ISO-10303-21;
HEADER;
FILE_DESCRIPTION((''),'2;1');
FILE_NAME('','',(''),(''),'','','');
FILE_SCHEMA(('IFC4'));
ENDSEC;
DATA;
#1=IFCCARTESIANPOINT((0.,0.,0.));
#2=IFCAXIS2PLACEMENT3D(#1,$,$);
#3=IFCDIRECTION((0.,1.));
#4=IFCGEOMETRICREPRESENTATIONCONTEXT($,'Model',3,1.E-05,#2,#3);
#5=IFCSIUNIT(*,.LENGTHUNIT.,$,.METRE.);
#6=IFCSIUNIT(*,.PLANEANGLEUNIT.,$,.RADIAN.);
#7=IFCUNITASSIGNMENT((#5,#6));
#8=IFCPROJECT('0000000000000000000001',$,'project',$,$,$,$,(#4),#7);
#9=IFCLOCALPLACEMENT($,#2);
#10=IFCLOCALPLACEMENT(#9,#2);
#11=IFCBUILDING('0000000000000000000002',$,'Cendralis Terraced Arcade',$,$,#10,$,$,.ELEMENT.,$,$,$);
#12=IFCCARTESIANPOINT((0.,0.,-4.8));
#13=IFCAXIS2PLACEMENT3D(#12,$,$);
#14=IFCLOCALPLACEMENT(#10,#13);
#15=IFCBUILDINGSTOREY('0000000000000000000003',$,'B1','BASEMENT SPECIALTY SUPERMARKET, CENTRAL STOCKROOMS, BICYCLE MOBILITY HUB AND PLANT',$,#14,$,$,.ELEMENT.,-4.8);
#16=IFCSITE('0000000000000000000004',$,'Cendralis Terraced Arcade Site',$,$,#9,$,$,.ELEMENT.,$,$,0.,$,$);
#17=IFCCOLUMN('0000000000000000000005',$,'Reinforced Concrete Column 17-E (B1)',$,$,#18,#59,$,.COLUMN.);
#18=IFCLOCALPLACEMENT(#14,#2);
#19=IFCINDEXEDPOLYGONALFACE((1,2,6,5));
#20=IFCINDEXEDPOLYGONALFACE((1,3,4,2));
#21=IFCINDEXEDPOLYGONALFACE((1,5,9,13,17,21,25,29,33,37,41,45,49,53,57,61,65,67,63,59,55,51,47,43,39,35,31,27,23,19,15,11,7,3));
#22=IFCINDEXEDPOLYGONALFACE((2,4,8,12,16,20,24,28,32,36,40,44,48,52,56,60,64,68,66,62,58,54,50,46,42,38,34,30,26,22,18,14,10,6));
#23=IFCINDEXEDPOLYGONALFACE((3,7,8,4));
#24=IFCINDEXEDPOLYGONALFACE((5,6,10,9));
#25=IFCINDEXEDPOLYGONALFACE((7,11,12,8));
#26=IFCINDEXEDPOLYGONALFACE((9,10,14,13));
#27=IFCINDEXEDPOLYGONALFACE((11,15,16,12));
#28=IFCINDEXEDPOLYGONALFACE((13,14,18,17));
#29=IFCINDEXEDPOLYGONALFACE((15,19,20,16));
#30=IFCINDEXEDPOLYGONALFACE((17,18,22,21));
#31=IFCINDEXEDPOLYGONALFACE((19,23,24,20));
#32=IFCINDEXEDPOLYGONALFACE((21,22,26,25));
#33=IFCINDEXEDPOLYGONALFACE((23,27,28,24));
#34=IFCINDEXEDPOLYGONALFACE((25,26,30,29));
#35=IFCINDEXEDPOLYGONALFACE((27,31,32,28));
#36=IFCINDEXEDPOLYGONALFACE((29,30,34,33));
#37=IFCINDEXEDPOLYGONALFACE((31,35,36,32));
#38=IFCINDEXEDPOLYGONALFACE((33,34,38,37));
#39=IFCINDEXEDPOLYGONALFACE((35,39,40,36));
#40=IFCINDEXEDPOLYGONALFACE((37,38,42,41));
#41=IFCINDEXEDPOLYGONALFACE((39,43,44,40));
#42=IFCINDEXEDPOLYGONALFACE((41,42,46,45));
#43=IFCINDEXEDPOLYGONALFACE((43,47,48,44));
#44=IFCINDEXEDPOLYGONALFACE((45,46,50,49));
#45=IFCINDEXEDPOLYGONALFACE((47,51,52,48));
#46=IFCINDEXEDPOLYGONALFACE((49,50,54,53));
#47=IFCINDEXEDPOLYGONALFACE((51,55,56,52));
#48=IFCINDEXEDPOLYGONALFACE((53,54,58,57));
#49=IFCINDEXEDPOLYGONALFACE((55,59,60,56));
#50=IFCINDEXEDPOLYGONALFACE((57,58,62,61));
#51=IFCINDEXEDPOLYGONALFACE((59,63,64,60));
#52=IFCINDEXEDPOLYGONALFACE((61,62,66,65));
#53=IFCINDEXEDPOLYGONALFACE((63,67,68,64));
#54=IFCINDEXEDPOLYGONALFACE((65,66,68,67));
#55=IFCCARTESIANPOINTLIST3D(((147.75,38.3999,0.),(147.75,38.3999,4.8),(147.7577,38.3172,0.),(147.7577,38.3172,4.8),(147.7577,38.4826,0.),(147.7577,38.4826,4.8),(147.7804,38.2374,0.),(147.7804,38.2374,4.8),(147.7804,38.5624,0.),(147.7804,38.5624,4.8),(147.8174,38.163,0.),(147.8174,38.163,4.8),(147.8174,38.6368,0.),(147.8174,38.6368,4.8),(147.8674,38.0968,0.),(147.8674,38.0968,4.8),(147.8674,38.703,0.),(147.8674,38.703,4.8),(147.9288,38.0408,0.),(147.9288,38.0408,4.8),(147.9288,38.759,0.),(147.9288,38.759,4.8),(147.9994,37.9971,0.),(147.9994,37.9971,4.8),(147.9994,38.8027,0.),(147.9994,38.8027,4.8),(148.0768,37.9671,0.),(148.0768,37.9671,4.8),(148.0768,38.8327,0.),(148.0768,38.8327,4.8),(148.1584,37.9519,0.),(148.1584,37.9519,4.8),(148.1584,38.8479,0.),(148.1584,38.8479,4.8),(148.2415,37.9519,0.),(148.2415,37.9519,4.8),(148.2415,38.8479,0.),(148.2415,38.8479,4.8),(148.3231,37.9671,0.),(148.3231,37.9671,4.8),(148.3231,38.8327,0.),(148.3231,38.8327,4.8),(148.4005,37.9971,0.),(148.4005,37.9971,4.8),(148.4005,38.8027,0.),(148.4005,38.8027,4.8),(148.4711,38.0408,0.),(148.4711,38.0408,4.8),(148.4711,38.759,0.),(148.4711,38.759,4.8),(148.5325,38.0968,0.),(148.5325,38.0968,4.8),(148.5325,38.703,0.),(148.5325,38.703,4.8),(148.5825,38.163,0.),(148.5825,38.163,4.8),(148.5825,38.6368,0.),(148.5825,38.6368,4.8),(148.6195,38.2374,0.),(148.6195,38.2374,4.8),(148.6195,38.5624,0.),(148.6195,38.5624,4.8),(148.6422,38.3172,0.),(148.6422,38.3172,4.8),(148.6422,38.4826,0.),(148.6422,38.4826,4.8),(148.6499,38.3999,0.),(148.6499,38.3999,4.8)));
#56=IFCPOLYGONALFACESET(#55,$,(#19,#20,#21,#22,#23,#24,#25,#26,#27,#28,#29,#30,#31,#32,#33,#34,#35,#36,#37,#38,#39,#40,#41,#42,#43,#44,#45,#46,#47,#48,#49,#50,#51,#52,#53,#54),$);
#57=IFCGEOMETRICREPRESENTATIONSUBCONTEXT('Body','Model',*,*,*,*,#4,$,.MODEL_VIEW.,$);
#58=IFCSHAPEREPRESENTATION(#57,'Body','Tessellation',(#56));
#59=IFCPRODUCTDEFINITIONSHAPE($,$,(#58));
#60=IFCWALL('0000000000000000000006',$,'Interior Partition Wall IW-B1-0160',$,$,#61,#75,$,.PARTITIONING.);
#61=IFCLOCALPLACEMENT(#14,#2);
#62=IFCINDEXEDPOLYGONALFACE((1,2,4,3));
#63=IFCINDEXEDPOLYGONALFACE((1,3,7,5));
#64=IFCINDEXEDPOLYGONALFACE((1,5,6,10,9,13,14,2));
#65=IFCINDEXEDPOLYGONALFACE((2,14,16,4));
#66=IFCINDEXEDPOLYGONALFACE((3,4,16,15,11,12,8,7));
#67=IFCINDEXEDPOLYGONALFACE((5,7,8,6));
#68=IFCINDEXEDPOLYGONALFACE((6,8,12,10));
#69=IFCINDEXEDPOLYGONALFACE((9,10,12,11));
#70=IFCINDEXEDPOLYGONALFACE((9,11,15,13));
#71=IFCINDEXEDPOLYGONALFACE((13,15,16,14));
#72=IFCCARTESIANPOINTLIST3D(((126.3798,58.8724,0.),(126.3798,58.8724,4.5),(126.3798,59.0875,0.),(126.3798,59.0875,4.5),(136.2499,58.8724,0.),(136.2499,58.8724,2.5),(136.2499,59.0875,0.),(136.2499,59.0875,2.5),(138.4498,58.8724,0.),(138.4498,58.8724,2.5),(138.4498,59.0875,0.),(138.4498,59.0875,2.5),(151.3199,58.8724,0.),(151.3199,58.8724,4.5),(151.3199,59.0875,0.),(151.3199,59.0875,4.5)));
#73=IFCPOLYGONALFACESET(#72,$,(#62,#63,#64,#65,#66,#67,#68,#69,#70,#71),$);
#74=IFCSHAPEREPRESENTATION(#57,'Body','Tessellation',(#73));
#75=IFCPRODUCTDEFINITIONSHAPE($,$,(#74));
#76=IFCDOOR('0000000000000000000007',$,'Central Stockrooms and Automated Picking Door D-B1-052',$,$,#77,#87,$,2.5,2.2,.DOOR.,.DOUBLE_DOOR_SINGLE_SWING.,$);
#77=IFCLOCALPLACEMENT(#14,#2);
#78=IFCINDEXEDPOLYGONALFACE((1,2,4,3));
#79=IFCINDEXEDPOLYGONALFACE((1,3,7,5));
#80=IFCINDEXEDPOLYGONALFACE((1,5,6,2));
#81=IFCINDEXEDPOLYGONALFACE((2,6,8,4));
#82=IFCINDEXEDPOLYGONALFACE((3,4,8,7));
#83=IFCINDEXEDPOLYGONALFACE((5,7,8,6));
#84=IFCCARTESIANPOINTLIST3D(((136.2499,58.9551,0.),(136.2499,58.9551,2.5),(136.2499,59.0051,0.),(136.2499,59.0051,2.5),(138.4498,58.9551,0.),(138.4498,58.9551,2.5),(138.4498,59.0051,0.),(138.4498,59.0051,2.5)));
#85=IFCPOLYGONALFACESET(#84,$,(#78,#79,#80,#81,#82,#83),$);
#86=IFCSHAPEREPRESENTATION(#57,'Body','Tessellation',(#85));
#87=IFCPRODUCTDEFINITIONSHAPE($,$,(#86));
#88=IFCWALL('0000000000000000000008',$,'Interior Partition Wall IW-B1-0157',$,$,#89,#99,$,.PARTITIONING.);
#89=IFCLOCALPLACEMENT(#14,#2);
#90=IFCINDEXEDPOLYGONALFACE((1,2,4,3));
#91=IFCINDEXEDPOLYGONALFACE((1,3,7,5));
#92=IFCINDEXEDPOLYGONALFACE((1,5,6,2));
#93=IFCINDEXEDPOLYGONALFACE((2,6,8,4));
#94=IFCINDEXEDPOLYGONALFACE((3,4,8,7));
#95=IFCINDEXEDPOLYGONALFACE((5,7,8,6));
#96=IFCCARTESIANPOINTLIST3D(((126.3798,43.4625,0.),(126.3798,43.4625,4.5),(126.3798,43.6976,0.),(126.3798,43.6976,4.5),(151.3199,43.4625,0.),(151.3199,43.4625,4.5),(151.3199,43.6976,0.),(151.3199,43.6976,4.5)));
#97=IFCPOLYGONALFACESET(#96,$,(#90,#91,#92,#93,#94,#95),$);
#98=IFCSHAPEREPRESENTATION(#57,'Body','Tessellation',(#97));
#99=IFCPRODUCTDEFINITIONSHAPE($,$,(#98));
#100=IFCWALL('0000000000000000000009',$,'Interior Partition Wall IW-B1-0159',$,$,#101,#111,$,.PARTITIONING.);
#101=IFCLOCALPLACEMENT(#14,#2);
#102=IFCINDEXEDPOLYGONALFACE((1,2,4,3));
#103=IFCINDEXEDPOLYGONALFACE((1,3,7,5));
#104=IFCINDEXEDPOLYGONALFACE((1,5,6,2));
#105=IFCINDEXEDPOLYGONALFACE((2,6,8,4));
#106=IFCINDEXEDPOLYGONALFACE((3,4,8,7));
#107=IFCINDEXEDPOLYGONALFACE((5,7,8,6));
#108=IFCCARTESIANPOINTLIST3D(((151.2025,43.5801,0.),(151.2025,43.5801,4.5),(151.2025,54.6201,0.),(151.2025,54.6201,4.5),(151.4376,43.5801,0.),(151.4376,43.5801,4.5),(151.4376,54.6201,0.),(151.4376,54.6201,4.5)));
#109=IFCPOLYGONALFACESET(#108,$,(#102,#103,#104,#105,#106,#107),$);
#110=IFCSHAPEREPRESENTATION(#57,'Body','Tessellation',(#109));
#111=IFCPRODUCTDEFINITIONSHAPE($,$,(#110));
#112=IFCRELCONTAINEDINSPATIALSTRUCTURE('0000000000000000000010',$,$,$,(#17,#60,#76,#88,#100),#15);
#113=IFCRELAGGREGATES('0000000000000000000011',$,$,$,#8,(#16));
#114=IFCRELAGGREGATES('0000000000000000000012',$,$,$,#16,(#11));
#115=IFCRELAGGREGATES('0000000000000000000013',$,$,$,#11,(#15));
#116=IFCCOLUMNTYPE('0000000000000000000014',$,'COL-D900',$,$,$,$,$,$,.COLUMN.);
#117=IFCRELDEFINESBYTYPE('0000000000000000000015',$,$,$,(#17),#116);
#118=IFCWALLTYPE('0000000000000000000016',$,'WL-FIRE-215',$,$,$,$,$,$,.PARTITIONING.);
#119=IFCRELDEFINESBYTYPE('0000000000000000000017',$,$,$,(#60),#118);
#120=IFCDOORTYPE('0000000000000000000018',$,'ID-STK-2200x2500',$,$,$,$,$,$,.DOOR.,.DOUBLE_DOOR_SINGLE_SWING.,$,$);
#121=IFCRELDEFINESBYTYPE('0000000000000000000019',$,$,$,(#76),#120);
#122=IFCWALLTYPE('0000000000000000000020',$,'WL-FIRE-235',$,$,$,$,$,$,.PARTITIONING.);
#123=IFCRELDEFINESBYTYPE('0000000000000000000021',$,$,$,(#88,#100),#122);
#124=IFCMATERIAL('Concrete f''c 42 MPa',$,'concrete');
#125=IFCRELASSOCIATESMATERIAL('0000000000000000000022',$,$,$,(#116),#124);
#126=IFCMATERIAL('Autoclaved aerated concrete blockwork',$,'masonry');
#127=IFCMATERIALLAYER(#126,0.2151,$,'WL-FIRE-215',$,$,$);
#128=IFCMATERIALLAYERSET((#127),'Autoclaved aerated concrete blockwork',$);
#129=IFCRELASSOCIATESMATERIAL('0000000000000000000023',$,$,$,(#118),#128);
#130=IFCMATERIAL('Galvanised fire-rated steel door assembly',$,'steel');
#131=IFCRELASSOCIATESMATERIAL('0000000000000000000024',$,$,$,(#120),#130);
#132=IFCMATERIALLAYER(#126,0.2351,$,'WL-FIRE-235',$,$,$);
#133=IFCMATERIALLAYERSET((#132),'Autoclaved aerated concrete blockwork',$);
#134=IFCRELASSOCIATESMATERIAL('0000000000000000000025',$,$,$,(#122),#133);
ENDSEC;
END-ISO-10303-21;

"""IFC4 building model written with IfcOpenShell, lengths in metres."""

from ifc_helpers import new_model, si_unit, direction, frame, frame_2d, origin, origin_2d, place, context, subcontext, project, spatial, rectangle, circle, extrude, material, layer, layer_set, material_profile, profile_set, type_object, element, fill, save


model = new_model("IFC4")

# Units and contexts
model_context = context("Model", 3, precision=1e-05, world=origin(), true_north=direction((0.0, 1.0)))
body_context = subcontext(model_context, "Body", "Model", "MODEL_VIEW")
ifc_project = project(units=[si_unit("LENGTHUNIT", "METRE"), si_unit("PLANEANGLEUNIT", "RADIAN")], contexts=[model_context])

# Site, building, storey
site_placement = place(None, origin())
site = spatial("IfcSite", under=ifc_project, at=site_placement, Name="Cendralis Terraced Arcade Site", CompositionType="ELEMENT", RefElevation=0.0)
building_placement = place(site_placement, origin())
building = spatial("IfcBuilding", under=site, at=building_placement, Name="Cendralis Terraced Arcade", CompositionType="ELEMENT")
storey_placement = place(building_placement, frame((0.0, 0.0, -4.8)))
storey = spatial("IfcBuildingStorey", under=building, at=storey_placement, Name="B1", Description="BASEMENT SPECIALTY SUPERMARKET, CENTRAL STOCKROOMS, BICYCLE MOBILITY HUB AND PLANT", CompositionType="ELEMENT", Elevation=-4.8)

# Column
ifc_material_1 = material(Name="Concrete f'c 42 MPa", Category="concrete")
ifc_material_profile_1 = material_profile(ifc_material_1, circle(Radius=0.45, at=origin_2d()), Name="RC-COL-D900", Category="LoadBearing")
ifc_profile_set_1 = profile_set([ifc_material_profile_1], Name="Concrete f'c 42 MPa")
column_type = type_object("IfcColumnType", Name="COL-D900", PredefinedType="COLUMN", material=ifc_profile_set_1)
for number, where, z_axis, x_axis, name in (
    (1, (148.2, 38.3999, 0.0), (0.0, 0.0, 1.0), (1.0, 0.0, 0.0), "Reinforced Concrete Column 17-E (B1)"),
):
    element("IfcColumn", number, at=place(storey_placement, frame(where, z_axis=z_axis, x_axis=x_axis)), inside=storey, type_object=column_type, Name=name, PredefinedType="COLUMN", context=body_context, shape_type="SweptSolid", body=[
        extrude(circle(Radius=0.45, at=origin_2d()), origin(), (0.0, 0.0, 1.0), 4.8),
    ])

# Wall, opening, door
ifc_material_2 = material(Name="Autoclaved aerated concrete blockwork", Category="masonry")
ifc_layer_1 = layer(ifc_material_2, 0.2151, Name="WL-FIRE-215")
ifc_layer_set_1 = layer_set([ifc_layer_1], Name="Autoclaved aerated concrete blockwork")
wall_type_1 = type_object("IfcWallType", Name="WL-FIRE-215", PredefinedType="PARTITIONING", material=ifc_layer_set_1)
wall_1_placement = place(storey_placement, frame((151.3201, 58.98, 0.0), z_axis=(0.0, 0.0, 1.0), x_axis=(-1.0, 0.0, 0.0)))
wall_1 = element("IfcWall", 2, at=wall_1_placement, inside=storey, type_object=wall_type_1, Name="Interior Partition Wall IW-B1-0160", PredefinedType="PARTITIONING", context=body_context, shape_type="SweptSolid", body=[
    extrude(rectangle(XDim=24.9402, YDim=0.2151, at=frame_2d((12.4702, 0.0))), origin(), (0.0, 0.0, 1.0), 4.5),
])
opening_placement = place(wall_1_placement, frame((12.8701, 0.0, 0.0)))
opening = element("IfcOpeningElement", 3, at=opening_placement, cuts=wall_1, PredefinedType="OPENING", context=body_context, shape_type="SweptSolid", body=[
    extrude(rectangle(XDim=2.2, YDim=2.5, at=frame_2d((1.1001, 1.25))), frame((0.0, 0.1196, 0.0), z_axis=(0.0, -1.0, 0.0), x_axis=(1.0, 0.0, 0.0)), (0.0, 0.0, 1.0), 0.239),
])
ifc_material_3 = material(Name="Galvanised fire-rated steel door assembly", Category="steel")
door_type = type_object("IfcDoorType", Name="ID-STK-2200x2500", OperationType="DOUBLE_DOOR_SINGLE_SWING", PredefinedType="DOOR", material=ifc_material_3)
door_placement = place(opening_placement, origin())
door = element("IfcDoor", 4, at=door_placement, inside=storey, type_object=door_type, Name="Central Stockrooms and Automated Picking Door D-B1-052", OperationType="DOUBLE_DOOR_SINGLE_SWING", OverallHeight=2.5, OverallWidth=2.2, PredefinedType="DOOR", context=body_context, shape_type="SweptSolid", body=[
    extrude(rectangle(XDim=2.2, YDim=2.5, at=frame_2d((1.1001, 1.25))), frame((0.0, 0.0249, 0.0), z_axis=(0.0, -1.0, 0.0), x_axis=(1.0, 0.0, 0.0)), (0.0, 0.0, 1.0), 0.05),
])
fill(opening, door)

# Walls
ifc_layer_2 = layer(ifc_material_2, 0.2351, Name="WL-FIRE-235")
ifc_layer_set_2 = layer_set([ifc_layer_2], Name="Autoclaved aerated concrete blockwork")
wall_type_2 = type_object("IfcWallType", Name="WL-FIRE-235", PredefinedType="PARTITIONING", material=ifc_layer_set_2)
wall_2_placement = place(storey_placement, frame((151.3201, 43.5801, 0.0), z_axis=(0.0, 0.0, 1.0), x_axis=(-1.0, 0.0, 0.0)))
element("IfcWall", 5, at=wall_2_placement, inside=storey, type_object=wall_type_2, Name="Interior Partition Wall IW-B1-0157", PredefinedType="PARTITIONING", context=body_context, shape_type="SweptSolid", body=[
    extrude(rectangle(XDim=24.9402, YDim=0.2351, at=frame_2d((12.4702, 0.0))), origin(), (0.0, 0.0, 1.0), 4.5),
])
wall_3_placement = place(storey_placement, frame((151.3201, 54.6201, 0.0), z_axis=(0.0, 0.0, 1.0), x_axis=(0.0, -1.0, 0.0)))
element("IfcWall", 6, at=wall_3_placement, inside=storey, type_object=wall_type_2, Name="Interior Partition Wall IW-B1-0159", PredefinedType="PARTITIONING", context=body_context, shape_type="SweptSolid", body=[
    extrude(rectangle(XDim=11.04, YDim=0.2351, at=frame_2d((5.52, 0.0))), origin(), (0.0, 0.0, 1.0), 4.5),
])

save(model, "model.ifc")
